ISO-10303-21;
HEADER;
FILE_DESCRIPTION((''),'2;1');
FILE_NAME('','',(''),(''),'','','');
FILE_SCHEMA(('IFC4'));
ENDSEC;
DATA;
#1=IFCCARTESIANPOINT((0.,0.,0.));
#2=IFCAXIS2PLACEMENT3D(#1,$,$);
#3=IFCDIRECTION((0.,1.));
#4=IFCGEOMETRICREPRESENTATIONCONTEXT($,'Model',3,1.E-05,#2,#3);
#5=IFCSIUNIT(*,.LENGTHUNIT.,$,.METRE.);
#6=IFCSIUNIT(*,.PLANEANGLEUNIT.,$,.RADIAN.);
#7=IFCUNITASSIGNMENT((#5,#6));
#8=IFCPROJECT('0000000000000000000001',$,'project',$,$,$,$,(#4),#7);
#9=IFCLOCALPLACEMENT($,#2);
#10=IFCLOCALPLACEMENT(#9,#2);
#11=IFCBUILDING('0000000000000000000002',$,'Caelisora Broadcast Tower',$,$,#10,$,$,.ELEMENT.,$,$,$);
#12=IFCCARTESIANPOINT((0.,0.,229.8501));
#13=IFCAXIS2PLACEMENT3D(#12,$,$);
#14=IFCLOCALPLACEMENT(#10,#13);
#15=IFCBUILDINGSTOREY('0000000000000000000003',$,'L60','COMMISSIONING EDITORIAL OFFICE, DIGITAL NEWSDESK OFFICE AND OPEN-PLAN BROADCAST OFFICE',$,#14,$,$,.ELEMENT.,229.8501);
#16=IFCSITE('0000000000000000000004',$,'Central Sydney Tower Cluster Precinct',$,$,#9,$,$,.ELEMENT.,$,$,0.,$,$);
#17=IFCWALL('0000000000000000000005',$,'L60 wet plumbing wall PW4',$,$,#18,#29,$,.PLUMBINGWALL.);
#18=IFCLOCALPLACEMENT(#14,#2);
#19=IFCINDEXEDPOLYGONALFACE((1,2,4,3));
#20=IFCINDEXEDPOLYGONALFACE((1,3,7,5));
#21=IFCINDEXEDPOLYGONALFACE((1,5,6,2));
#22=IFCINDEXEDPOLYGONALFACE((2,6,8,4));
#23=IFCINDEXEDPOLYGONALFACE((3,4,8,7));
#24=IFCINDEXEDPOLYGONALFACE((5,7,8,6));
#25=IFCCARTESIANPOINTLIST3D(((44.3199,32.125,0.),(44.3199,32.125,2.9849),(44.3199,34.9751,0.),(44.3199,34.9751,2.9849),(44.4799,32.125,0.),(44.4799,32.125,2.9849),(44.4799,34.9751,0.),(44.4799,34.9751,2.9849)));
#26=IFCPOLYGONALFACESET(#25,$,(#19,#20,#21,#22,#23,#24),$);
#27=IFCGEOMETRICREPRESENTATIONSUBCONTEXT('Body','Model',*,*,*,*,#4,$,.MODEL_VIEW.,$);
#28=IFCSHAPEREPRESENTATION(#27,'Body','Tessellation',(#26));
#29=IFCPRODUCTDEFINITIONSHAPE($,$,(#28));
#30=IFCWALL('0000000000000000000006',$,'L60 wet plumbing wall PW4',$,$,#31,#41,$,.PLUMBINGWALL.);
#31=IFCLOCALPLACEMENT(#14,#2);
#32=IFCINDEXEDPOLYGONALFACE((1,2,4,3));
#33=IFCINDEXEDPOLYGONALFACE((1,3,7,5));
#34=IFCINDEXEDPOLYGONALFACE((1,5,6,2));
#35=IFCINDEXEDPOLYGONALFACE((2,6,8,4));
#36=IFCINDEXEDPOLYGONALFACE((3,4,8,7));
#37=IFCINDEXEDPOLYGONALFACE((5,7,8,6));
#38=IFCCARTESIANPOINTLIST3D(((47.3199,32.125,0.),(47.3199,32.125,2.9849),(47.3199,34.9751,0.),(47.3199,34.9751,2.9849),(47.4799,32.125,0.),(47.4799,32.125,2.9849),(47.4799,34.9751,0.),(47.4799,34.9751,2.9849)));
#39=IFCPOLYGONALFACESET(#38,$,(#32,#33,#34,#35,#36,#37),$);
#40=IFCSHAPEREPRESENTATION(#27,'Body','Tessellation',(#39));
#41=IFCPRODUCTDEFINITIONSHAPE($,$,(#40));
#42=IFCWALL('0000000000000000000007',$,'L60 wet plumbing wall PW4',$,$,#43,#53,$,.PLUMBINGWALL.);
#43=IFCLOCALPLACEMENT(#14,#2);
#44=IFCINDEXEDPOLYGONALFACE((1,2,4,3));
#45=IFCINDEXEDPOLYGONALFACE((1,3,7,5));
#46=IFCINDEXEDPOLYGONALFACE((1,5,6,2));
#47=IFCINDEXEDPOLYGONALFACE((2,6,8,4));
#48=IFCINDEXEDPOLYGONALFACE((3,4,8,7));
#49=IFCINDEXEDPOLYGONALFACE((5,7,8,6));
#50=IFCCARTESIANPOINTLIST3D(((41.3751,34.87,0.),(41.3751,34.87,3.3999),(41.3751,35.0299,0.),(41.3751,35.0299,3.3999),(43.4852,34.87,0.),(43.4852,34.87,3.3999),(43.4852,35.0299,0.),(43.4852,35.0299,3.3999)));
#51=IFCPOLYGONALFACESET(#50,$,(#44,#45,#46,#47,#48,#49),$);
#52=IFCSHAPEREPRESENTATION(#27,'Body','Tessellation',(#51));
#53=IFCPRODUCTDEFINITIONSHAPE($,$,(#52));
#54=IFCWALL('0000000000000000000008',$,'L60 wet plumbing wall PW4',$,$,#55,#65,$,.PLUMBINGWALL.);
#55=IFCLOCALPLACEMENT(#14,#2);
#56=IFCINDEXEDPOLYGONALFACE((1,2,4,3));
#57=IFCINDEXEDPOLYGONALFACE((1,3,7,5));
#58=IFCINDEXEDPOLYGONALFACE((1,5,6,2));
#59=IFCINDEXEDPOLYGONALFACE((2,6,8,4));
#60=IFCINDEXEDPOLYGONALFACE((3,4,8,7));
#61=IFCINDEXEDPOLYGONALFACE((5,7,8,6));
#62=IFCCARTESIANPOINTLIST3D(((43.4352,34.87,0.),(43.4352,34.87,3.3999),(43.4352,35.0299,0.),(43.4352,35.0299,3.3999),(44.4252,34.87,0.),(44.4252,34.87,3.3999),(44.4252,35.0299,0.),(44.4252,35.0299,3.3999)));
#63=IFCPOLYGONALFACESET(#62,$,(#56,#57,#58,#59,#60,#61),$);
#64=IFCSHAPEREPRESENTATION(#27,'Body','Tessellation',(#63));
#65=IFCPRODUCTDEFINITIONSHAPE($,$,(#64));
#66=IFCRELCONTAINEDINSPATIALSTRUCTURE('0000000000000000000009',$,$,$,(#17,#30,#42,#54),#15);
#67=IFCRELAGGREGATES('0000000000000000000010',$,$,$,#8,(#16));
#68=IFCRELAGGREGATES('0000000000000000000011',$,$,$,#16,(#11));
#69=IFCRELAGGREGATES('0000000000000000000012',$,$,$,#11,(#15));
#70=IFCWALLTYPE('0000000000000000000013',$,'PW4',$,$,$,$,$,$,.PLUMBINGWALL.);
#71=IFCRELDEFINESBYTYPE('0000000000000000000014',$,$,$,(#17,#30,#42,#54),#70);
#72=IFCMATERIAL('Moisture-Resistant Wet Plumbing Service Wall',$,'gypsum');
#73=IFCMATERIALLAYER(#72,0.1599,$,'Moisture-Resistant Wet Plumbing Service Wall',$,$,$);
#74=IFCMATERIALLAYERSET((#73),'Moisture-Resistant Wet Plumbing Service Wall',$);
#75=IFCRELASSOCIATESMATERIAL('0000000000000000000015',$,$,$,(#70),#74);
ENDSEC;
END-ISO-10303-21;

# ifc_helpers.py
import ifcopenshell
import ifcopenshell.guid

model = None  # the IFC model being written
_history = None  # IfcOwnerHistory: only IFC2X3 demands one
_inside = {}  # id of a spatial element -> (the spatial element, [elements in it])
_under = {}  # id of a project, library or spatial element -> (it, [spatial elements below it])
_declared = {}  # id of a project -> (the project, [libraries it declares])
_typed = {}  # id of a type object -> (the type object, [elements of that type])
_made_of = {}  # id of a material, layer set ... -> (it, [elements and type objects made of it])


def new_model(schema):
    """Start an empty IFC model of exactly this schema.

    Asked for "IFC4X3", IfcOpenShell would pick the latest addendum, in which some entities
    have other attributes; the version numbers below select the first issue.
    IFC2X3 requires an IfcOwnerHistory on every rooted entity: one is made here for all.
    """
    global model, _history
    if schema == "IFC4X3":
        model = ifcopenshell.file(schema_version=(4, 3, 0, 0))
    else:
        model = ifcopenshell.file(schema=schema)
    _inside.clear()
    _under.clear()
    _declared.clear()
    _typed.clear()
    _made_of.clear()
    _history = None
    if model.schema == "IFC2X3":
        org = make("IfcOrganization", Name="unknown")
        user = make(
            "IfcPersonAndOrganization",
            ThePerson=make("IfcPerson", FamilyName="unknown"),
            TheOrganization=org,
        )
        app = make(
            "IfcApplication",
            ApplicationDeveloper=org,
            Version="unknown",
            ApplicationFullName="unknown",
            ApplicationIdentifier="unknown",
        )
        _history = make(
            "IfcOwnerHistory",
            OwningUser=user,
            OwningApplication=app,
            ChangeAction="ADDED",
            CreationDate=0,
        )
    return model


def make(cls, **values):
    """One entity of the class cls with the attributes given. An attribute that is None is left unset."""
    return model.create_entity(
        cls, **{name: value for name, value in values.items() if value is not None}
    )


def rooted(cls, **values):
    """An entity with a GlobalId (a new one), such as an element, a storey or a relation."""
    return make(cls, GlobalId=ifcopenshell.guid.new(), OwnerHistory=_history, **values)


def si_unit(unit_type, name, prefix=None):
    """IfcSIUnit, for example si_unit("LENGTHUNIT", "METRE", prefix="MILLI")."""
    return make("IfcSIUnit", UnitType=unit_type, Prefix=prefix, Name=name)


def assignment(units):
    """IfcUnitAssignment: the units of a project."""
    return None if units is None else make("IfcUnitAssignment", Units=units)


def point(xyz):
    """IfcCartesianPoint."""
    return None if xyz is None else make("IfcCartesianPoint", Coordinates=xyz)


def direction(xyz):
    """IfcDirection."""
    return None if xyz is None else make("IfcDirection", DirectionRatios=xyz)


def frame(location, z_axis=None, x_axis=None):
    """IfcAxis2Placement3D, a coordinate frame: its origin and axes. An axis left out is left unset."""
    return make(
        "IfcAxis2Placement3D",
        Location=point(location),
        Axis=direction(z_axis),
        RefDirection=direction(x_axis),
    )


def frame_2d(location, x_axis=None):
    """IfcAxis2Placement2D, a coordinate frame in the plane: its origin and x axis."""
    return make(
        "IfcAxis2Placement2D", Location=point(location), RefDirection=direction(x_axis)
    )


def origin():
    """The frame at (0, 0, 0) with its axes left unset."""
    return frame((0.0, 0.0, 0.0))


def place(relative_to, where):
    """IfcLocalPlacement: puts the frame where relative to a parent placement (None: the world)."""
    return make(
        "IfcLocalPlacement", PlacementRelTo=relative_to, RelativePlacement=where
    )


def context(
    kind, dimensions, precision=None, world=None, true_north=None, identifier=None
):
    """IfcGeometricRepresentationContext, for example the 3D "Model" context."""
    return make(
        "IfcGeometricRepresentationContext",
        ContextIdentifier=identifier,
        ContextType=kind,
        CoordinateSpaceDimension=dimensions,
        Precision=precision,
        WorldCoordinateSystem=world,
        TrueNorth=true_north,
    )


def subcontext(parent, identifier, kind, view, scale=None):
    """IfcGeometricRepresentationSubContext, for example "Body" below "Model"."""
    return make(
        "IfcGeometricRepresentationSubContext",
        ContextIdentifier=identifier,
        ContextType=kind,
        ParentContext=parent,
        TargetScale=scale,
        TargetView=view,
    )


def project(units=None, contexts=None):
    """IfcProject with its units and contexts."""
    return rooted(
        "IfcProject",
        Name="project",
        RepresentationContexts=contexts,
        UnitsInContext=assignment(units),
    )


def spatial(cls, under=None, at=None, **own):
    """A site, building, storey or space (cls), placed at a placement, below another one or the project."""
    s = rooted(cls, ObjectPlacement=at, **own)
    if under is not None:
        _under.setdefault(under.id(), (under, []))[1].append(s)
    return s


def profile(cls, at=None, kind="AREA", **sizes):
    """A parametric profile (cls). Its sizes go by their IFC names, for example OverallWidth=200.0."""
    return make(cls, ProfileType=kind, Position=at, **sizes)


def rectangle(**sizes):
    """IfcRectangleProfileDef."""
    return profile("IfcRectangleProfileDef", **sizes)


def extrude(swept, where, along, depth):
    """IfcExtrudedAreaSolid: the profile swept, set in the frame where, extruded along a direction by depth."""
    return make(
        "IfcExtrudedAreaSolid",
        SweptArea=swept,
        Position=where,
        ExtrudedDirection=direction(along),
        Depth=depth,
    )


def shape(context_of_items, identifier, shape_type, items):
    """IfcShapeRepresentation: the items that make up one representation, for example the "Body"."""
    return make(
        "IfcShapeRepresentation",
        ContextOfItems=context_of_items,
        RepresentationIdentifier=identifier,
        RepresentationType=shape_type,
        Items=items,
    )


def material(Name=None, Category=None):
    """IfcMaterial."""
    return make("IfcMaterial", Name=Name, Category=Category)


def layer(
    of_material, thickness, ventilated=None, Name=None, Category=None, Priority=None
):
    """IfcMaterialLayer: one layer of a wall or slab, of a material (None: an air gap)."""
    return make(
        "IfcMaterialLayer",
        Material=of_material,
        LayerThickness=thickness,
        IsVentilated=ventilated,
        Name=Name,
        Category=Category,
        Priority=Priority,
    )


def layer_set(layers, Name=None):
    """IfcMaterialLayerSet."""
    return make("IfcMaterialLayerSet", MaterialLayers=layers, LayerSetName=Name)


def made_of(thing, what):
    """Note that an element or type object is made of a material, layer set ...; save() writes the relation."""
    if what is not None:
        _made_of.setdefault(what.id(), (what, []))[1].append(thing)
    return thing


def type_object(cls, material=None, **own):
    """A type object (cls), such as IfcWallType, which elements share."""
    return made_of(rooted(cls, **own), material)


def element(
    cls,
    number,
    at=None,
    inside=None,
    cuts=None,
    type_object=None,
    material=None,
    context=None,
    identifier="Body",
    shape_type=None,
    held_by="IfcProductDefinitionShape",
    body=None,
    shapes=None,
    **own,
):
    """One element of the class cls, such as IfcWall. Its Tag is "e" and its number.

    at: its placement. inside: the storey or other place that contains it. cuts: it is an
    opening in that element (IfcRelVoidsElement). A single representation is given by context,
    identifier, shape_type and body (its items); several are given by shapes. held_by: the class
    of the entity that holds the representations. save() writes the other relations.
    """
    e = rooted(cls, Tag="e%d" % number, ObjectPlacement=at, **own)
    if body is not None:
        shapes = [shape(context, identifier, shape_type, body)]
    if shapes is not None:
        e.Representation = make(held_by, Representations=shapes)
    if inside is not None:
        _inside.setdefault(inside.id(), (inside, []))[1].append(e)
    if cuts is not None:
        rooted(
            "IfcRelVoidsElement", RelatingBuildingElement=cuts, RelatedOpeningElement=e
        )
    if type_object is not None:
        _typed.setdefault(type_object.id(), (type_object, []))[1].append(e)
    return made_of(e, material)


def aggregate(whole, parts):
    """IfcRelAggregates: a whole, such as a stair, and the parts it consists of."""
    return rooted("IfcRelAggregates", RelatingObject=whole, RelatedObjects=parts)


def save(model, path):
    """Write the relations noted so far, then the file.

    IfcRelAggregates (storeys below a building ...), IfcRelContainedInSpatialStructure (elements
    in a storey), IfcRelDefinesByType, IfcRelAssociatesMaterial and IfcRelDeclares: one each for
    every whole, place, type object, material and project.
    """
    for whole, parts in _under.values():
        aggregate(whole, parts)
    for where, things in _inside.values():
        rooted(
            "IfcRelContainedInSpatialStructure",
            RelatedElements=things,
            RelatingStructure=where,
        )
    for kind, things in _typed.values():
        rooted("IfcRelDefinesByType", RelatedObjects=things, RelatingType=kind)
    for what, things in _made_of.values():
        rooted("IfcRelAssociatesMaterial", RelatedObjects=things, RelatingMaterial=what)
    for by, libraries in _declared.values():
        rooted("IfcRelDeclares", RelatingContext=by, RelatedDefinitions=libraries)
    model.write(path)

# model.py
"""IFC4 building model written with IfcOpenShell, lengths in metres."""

from ifc_helpers import new_model, si_unit, direction, frame, frame_2d, origin, place, context, subcontext, project, spatial, rectangle, extrude, material, layer, layer_set, type_object, element, save


model = new_model("IFC4")

# Units and contexts
model_context = context("Model", 3, precision=1e-05, world=origin(), true_north=direction((0.0, 1.0)))
body_context = subcontext(model_context, "Body", "Model", "MODEL_VIEW")
ifc_project = project(units=[si_unit("LENGTHUNIT", "METRE"), si_unit("PLANEANGLEUNIT", "RADIAN")], contexts=[model_context])

# Site, building, storey
site_placement = place(None, origin())
site = spatial("IfcSite", under=ifc_project, at=site_placement, Name="Central Sydney Tower Cluster Precinct", CompositionType="ELEMENT", RefElevation=0.0)
building_placement = place(site_placement, origin())
building = spatial("IfcBuilding", under=site, at=building_placement, Name="Caelisora Broadcast Tower", CompositionType="ELEMENT")
storey_placement = place(building_placement, frame((0.0, 0.0, 229.8501)))
storey = spatial("IfcBuildingStorey", under=building, at=storey_placement, Name="L60", Description="COMMISSIONING EDITORIAL OFFICE, DIGITAL NEWSDESK OFFICE AND OPEN-PLAN BROADCAST OFFICE", CompositionType="ELEMENT", Elevation=229.8501)

# Shared definitions
ifc_material_1 = material(Name="Moisture-Resistant Wet Plumbing Service Wall", Category="gypsum")
ifc_layer_1 = layer(ifc_material_1, 0.1599, Name="Moisture-Resistant Wet Plumbing Service Wall")
ifc_layer_set_1 = layer_set([ifc_layer_1], Name="Moisture-Resistant Wet Plumbing Service Wall")
wall_type_1 = type_object("IfcWallType", Name="PW4", PredefinedType="PLUMBINGWALL", material=ifc_layer_set_1)

# Walls
for number, where, z_axis, x_axis, name in (
    (1, (44.3999, 32.125, 0.0), (0.0, 0.0, 1.0), (0.0, 1.0, 0.0), "L60 wet plumbing wall PW4"),
    (2, (47.3999, 32.125, 0.0), (0.0, 0.0, 1.0), (0.0, 1.0, 0.0), "L60 wet plumbing wall PW4"),
):
    element("IfcWall", number, at=place(storey_placement, frame(where, z_axis=z_axis, x_axis=x_axis)), inside=storey, type_object=wall_type_1, Name=name, PredefinedType="PLUMBINGWALL", context=body_context, shape_type="SweptSolid", body=[
        extrude(rectangle(XDim=2.8501, YDim=0.1599, at=frame_2d((1.425, 0.0))), origin(), (0.0, 0.0, 1.0), 2.9849),
    ])
wall_1_placement = place(storey_placement, frame((41.375, 34.95, 0.0), z_axis=(0.0, 0.0, 1.0), x_axis=(1.0, 0.0, 0.0)))
element("IfcWall", 3, at=wall_1_placement, inside=storey, type_object=wall_type_1, Name="L60 wet plumbing wall PW4", PredefinedType="PLUMBINGWALL", context=body_context, shape_type="SweptSolid", body=[
    extrude(rectangle(XDim=2.1101, YDim=0.1599, at=frame_2d((1.0552, 0.0))), origin(), (0.0, 0.0, 1.0), 3.3999),
])
wall_2_placement = place(storey_placement, frame((43.4351, 34.95, 0.0), z_axis=(0.0, 0.0, 1.0), x_axis=(1.0, 0.0, 0.0)))
element("IfcWall", 4, at=wall_2_placement, inside=storey, type_object=wall_type_1, Name="L60 wet plumbing wall PW4", PredefinedType="PLUMBINGWALL", context=body_context, shape_type="SweptSolid", body=[
    extrude(rectangle(XDim=0.99, YDim=0.1599, at=frame_2d((0.4951, 0.0))), origin(), (0.0, 0.0, 1.0), 3.3999),
])

save(model, "model.ifc")
